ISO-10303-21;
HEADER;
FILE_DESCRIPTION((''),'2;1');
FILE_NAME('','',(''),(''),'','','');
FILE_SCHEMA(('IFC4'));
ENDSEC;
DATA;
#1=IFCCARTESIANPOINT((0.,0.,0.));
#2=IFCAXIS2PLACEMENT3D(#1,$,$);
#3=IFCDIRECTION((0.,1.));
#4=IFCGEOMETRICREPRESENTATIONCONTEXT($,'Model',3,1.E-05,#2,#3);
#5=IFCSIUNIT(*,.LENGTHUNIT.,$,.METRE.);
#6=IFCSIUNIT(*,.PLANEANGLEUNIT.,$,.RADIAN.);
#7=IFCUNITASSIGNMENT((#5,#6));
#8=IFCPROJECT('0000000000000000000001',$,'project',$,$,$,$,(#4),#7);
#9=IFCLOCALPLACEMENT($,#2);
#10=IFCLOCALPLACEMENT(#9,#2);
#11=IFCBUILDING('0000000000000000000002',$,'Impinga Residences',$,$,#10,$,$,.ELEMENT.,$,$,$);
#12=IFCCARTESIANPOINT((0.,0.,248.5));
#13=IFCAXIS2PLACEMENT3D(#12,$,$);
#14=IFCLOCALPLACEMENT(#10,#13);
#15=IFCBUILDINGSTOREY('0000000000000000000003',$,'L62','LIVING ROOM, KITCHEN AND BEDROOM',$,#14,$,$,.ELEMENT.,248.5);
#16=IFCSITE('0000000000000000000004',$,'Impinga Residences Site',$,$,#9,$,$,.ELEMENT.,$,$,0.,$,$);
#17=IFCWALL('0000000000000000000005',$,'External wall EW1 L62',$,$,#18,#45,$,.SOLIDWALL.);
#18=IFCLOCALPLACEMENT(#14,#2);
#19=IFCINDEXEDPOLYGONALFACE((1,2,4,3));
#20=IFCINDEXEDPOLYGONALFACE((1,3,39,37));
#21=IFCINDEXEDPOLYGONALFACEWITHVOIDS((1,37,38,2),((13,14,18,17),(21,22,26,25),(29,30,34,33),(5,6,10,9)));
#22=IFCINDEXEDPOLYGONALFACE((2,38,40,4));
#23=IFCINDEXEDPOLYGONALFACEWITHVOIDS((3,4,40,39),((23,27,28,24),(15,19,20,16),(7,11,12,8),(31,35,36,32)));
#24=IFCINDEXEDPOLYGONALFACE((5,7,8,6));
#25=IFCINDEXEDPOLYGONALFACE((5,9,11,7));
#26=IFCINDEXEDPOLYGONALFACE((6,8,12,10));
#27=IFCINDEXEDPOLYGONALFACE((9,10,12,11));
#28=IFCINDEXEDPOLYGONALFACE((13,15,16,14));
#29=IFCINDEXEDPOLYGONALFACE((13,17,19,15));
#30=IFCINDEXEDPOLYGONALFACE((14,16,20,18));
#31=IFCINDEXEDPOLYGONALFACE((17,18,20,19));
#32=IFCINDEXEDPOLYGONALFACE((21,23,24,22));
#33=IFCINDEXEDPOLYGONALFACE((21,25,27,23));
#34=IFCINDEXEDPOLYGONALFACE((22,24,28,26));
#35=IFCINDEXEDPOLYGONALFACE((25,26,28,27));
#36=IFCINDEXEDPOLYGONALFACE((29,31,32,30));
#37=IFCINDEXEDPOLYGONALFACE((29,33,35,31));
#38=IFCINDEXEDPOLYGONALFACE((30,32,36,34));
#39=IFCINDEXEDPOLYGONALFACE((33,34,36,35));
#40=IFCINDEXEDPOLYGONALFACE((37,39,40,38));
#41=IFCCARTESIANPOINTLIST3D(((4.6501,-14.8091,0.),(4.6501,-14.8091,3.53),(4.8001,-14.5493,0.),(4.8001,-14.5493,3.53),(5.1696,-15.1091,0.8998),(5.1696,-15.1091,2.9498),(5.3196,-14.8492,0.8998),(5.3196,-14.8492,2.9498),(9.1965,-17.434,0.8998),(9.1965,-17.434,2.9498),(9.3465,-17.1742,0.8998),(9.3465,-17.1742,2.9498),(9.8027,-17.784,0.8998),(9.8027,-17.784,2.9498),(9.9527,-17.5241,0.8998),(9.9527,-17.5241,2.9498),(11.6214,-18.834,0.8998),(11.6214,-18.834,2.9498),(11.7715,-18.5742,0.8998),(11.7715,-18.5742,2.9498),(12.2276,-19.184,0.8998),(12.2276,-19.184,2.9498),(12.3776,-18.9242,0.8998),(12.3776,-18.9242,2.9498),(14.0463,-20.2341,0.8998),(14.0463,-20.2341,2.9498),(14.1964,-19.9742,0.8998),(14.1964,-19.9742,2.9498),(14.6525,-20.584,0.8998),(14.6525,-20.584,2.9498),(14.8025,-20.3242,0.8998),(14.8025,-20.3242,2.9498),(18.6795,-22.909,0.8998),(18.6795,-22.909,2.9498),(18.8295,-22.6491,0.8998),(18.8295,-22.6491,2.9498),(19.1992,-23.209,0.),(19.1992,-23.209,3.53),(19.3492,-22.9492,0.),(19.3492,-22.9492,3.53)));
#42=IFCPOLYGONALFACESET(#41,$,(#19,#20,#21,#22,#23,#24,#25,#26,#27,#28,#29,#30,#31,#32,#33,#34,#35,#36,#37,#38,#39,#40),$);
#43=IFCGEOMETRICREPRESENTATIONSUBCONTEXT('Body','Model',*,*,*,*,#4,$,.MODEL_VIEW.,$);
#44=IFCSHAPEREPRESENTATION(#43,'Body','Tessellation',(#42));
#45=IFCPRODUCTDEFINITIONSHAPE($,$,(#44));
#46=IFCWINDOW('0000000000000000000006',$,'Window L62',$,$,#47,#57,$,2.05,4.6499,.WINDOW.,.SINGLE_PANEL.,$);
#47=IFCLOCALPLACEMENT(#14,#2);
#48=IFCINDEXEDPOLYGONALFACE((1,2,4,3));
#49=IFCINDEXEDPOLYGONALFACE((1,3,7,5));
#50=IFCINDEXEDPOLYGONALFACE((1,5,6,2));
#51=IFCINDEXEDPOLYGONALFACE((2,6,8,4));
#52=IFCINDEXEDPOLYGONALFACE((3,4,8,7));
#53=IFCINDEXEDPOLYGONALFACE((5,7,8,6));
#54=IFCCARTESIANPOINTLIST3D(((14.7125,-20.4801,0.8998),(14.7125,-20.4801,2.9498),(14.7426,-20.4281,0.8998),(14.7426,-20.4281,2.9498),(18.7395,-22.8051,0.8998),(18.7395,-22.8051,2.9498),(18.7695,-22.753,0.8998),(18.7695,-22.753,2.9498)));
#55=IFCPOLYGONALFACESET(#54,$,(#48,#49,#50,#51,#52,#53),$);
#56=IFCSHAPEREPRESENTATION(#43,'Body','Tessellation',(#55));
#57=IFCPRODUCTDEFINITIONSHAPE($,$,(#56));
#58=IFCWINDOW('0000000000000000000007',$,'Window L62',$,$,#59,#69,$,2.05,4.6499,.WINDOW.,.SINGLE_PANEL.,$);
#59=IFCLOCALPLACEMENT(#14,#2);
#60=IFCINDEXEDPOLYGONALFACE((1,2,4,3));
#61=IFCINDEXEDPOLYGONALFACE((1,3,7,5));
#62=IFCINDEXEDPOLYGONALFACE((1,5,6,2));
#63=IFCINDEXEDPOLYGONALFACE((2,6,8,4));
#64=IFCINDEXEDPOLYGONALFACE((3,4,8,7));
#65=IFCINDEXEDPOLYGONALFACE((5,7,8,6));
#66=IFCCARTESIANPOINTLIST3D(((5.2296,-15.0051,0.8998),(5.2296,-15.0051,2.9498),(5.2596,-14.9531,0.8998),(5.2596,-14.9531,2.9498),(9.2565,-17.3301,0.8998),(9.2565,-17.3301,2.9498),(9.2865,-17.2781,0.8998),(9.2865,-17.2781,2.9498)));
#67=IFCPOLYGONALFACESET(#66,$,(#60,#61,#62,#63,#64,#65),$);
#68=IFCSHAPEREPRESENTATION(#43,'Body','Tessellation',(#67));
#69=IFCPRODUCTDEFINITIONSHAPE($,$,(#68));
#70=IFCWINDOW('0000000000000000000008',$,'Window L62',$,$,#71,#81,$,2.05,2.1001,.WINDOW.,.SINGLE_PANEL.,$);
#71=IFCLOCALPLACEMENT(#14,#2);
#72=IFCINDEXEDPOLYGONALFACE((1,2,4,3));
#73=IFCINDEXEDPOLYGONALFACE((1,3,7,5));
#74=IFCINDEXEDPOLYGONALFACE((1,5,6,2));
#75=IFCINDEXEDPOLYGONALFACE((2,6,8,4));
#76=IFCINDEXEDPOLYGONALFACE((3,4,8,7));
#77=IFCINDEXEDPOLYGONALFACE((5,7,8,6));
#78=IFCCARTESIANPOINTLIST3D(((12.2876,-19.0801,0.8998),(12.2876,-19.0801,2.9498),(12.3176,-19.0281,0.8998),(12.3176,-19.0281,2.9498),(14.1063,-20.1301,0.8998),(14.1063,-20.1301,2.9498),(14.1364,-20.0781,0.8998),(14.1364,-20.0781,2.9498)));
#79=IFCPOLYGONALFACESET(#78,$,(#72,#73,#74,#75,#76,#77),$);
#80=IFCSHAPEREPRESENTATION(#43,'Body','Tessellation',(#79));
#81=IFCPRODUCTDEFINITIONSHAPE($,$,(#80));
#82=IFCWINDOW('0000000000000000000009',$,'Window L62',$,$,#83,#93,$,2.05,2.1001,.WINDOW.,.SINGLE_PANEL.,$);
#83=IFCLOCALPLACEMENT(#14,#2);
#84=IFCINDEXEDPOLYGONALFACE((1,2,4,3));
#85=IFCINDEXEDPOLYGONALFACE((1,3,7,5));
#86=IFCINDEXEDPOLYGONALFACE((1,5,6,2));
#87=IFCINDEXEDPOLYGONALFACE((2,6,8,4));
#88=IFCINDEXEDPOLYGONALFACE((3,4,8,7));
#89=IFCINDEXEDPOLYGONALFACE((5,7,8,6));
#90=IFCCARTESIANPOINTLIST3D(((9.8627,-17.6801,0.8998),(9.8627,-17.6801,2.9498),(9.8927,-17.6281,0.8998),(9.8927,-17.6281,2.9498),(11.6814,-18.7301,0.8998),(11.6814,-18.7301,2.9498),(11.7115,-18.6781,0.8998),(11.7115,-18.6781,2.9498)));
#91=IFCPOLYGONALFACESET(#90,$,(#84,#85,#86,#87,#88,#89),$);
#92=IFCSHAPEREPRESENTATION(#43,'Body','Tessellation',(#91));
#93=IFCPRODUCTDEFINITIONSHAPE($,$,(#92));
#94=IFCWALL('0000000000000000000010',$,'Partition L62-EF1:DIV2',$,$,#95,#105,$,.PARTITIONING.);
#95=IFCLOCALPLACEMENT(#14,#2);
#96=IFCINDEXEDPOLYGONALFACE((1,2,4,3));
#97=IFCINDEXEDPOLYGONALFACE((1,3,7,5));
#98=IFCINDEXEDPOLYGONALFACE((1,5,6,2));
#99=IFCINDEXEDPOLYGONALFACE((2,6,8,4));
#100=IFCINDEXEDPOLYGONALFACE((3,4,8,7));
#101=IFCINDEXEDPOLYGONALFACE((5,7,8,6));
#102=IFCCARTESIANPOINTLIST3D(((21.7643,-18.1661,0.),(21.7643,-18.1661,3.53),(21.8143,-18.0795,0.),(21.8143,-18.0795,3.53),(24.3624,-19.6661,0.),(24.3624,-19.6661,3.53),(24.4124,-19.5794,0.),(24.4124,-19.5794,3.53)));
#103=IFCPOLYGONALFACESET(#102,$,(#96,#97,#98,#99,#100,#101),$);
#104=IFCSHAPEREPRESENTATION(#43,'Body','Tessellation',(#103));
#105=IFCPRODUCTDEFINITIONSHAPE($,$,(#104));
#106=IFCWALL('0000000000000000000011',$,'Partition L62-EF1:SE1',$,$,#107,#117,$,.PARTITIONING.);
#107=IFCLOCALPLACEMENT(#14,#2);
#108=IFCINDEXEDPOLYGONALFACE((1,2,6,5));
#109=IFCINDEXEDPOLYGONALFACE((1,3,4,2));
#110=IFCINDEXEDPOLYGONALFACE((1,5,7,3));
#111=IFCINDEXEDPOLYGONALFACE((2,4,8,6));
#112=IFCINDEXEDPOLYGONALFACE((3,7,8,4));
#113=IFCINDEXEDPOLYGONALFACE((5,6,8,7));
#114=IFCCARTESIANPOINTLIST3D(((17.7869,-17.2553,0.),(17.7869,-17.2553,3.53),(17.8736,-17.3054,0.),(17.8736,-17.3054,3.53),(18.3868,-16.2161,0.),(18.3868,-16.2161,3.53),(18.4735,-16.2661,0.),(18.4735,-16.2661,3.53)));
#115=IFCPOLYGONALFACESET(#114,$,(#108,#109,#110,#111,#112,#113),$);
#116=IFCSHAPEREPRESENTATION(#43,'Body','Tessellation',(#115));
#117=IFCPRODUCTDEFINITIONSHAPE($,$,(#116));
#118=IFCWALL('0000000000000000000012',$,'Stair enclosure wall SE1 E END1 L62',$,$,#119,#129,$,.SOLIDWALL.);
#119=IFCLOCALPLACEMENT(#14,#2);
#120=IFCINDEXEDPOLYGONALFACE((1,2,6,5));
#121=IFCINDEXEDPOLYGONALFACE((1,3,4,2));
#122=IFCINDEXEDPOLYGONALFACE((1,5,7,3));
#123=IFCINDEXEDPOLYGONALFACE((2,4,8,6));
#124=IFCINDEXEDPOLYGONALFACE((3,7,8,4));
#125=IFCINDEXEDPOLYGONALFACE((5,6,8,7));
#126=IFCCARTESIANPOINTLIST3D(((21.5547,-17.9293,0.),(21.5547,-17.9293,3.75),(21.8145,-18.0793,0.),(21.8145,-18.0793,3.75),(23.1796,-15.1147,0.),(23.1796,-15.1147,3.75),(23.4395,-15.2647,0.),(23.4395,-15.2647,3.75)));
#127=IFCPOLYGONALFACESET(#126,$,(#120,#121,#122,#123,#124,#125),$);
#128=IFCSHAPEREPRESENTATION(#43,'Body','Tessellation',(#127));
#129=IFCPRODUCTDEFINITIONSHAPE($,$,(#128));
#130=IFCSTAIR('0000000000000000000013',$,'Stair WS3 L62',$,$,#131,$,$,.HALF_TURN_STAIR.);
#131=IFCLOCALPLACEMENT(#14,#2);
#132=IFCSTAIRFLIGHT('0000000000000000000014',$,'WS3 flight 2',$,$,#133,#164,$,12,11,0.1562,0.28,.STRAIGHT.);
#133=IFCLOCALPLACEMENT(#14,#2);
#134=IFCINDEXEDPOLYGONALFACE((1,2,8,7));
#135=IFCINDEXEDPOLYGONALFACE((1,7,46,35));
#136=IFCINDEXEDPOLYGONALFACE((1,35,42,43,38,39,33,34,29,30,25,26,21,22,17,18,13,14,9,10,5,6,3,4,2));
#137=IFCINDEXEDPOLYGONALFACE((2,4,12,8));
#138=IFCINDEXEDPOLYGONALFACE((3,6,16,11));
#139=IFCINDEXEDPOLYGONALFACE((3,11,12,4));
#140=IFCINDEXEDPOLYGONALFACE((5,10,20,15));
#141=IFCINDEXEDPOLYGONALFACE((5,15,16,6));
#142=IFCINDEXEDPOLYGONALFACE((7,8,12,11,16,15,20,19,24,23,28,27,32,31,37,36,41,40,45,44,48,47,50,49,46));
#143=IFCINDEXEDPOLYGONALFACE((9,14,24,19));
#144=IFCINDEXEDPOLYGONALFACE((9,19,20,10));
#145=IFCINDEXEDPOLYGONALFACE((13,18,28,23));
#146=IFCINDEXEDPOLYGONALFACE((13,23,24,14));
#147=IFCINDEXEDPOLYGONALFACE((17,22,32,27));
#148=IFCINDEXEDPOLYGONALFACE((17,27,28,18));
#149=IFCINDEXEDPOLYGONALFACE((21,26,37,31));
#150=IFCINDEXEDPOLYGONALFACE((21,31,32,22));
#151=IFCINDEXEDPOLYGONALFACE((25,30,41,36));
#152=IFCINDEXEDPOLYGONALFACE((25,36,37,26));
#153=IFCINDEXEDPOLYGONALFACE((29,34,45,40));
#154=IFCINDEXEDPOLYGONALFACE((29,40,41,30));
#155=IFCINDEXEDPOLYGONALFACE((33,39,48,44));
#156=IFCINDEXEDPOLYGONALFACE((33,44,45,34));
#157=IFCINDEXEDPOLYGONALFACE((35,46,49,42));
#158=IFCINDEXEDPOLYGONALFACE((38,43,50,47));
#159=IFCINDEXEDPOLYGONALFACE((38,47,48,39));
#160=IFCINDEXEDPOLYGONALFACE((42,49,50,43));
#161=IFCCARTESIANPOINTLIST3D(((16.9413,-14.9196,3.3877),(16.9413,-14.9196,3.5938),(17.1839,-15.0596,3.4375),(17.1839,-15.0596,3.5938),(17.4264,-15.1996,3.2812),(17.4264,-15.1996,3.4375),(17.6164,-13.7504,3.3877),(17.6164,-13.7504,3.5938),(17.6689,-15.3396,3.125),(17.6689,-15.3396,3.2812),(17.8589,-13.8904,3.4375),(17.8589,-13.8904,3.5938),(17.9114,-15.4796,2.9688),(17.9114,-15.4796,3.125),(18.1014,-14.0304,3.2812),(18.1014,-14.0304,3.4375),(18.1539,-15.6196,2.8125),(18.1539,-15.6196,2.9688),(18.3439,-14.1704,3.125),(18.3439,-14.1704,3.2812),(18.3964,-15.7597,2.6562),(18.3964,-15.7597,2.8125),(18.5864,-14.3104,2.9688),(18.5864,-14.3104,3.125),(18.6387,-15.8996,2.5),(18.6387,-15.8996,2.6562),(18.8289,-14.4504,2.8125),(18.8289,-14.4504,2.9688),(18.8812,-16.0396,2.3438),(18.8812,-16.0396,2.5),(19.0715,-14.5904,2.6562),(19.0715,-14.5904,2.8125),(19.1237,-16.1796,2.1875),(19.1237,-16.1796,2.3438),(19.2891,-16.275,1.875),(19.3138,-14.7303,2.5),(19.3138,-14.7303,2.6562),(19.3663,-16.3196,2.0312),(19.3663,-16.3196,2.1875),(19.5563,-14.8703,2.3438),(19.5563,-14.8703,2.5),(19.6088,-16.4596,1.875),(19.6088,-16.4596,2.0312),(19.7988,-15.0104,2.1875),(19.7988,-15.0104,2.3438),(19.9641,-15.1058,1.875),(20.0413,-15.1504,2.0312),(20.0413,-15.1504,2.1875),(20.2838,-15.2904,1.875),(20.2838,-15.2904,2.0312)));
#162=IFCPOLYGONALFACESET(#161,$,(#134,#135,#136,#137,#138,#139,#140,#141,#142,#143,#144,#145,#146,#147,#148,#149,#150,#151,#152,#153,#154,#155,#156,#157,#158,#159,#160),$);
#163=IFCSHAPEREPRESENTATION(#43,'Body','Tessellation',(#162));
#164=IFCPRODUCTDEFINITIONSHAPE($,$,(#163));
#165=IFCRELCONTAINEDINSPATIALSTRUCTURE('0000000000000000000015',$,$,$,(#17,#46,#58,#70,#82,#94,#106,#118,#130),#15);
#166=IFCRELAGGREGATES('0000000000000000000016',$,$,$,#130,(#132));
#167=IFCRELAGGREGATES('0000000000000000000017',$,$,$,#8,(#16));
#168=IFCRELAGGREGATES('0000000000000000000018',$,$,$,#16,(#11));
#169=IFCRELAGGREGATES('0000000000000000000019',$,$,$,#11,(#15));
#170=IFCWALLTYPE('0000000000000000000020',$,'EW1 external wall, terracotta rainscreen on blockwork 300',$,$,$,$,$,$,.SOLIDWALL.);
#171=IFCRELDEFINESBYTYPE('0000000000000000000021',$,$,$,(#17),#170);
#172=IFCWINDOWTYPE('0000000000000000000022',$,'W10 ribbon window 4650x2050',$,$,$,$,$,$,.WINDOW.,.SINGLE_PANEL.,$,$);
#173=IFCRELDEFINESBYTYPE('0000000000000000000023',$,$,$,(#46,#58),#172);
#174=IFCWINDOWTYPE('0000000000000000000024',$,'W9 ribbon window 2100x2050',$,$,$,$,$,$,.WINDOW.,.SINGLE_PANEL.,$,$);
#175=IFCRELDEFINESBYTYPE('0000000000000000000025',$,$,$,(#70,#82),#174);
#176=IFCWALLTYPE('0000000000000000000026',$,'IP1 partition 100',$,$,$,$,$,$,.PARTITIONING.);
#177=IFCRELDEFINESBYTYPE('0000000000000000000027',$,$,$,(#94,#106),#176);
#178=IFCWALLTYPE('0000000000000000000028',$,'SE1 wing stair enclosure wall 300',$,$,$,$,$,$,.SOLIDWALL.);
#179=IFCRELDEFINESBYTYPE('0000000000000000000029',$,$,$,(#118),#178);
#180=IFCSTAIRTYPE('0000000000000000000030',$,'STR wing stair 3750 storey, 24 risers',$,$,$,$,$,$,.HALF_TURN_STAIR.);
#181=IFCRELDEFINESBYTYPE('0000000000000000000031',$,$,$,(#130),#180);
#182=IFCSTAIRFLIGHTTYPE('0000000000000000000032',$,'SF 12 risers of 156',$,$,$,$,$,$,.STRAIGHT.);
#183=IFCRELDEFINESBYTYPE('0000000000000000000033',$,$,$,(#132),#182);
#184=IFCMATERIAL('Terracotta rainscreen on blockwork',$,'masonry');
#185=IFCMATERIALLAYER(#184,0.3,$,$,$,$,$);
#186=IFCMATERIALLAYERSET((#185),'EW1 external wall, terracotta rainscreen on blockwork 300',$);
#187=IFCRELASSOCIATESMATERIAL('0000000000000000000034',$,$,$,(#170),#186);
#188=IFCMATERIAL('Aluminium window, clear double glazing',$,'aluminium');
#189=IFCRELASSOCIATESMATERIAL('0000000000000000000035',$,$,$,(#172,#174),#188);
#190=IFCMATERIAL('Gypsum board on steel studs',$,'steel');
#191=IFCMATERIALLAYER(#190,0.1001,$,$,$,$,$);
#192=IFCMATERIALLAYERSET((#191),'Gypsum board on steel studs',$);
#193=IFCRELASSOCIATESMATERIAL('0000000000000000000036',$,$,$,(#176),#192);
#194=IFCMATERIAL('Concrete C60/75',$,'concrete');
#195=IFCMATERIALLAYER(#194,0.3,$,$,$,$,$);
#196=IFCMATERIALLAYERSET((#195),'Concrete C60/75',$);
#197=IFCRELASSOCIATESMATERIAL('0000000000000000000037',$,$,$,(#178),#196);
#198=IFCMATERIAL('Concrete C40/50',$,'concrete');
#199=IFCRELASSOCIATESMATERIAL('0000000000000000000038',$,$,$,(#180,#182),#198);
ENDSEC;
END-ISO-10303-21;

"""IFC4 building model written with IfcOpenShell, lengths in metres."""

from ifc_helpers import new_model, si_unit, direction, frame, frame_2d, origin, place, context, subcontext, project, spatial, polyline, rectangle, outline, extrude, material, layer, layer_set, type_object, element, fill, aggregate, save


model = new_model("IFC4")

# Units and contexts
model_context = context("Model", 3, precision=1e-05, world=origin(), true_north=direction((0.0, 1.0)))
body_context = subcontext(model_context, "Body", "Model", "MODEL_VIEW")
ifc_project = project(units=[si_unit("LENGTHUNIT", "METRE"), si_unit("PLANEANGLEUNIT", "RADIAN")], contexts=[model_context])

# Site, building, storey
site_placement = place(None, origin())
site = spatial("IfcSite", under=ifc_project, at=site_placement, Name="Impinga Residences Site", CompositionType="ELEMENT", RefElevation=0.0)
building_placement = place(site_placement, origin())
building = spatial("IfcBuilding", under=site, at=building_placement, Name="Impinga Residences", CompositionType="ELEMENT")
storey_placement = place(building_placement, frame((0.0, 0.0, 248.5)))
storey = spatial("IfcBuildingStorey", under=building, at=storey_placement, Name="L62", Description="LIVING ROOM, KITCHEN AND BEDROOM", CompositionType="ELEMENT", Elevation=248.5)

# Shared definitions
ifc_material_1 = material(Name="Concrete C60/75", Category="concrete")

# Shared definitions
ifc_material_2 = material(Name="Terracotta rainscreen on blockwork", Category="masonry")
ifc_layer_1 = layer(ifc_material_2, 0.3)
ifc_layer_set_1 = layer_set([ifc_layer_1], Name="EW1 external wall, terracotta rainscreen on blockwork 300")
wall_type_1 = type_object("IfcWallType", Name="EW1 external wall, terracotta rainscreen on blockwork 300", PredefinedType="SOLIDWALL", material=ifc_layer_set_1)

# Wall, openings, windows
wall_1_placement = place(storey_placement, frame((19.2742, -23.0791, 0.0), z_axis=(0.0, 0.0, 1.0), x_axis=(-0.866026, 0.5, 0.0)))
wall_1 = element("IfcWall", 1, at=wall_1_placement, inside=storey, type_object=wall_type_1, Name="External wall EW1 L62", PredefinedType="SOLIDWALL", context=body_context, shape_type="SweptSolid", body=[
    extrude(rectangle(XDim=16.7998, YDim=0.3, at=frame_2d((8.3999, 0.0))), origin(), (0.0, 0.0, 1.0), 3.53),
])
opening_1_placement = place(wall_1_placement, frame((0.6001, 0.0, 0.8999)))
opening_1 = element("IfcOpeningElement", 2, at=opening_1_placement, cuts=wall_1, PredefinedType="OPENING", context=body_context, shape_type="SweptSolid", body=[
    extrude(rectangle(XDim=4.6499, YDim=2.05, at=frame_2d((2.325, 1.0249))), frame((0.0, 0.1599, 0.0), z_axis=(0.0, -1.0, 0.0), x_axis=(1.0, 0.0, 0.0)), (0.0, 0.0, 1.0), 0.3201),
])
opening_2_placement = place(wall_1_placement, frame((5.95, 0.0, 0.8999)))
opening_2 = element("IfcOpeningElement", 3, at=opening_2_placement, cuts=wall_1, PredefinedType="OPENING", context=body_context, shape_type="SweptSolid", body=[
    extrude(rectangle(XDim=2.1001, YDim=2.05, at=frame_2d((1.05, 1.0249))), frame((0.0, 0.1599, 0.0), z_axis=(0.0, -1.0, 0.0), x_axis=(1.0, 0.0, 0.0)), (0.0, 0.0, 1.0), 0.3201),
])
opening_3_placement = place(wall_1_placement, frame((8.75, 0.0, 0.8999)))
opening_3 = element("IfcOpeningElement", 4, at=opening_3_placement, cuts=wall_1, PredefinedType="OPENING", context=body_context, shape_type="SweptSolid", body=[
    extrude(rectangle(XDim=2.1001, YDim=2.05, at=frame_2d((1.05, 1.0249))), frame((0.0, 0.1599, 0.0), z_axis=(0.0, -1.0, 0.0), x_axis=(1.0, 0.0, 0.0)), (0.0, 0.0, 1.0), 0.3201),
])
opening_4_placement = place(wall_1_placement, frame((11.55, 0.0, 0.8999)))
opening_4 = element("IfcOpeningElement", 5, at=opening_4_placement, cuts=wall_1, PredefinedType="OPENING", context=body_context, shape_type="SweptSolid", body=[
    extrude(rectangle(XDim=4.6499, YDim=2.05, at=frame_2d((2.325, 1.0249))), frame((0.0, 0.1599, 0.0), z_axis=(0.0, -1.0, 0.0), x_axis=(1.0, 0.0, 0.0)), (0.0, 0.0, 1.0), 0.3201),
])
ifc_material_3 = material(Name="Aluminium window, clear double glazing", Category="aluminium")
window_type_1 = type_object("IfcWindowType", Name="W10 ribbon window 4650x2050", PartitioningType="SINGLE_PANEL", PredefinedType="WINDOW", material=ifc_material_3)
window_1_placement = place(opening_1_placement, origin())
window_1 = element("IfcWindow", 6, at=window_1_placement, inside=storey, type_object=window_type_1, Name="Window L62", OverallHeight=2.05, OverallWidth=4.6499, PartitioningType="SINGLE_PANEL", PredefinedType="WINDOW", context=body_context, shape_type="SweptSolid", body=[
    extrude(rectangle(XDim=4.6499, YDim=2.05, at=frame_2d((2.325, 1.0249))), frame((0.0, 0.03, 0.0), z_axis=(0.0, -1.0, 0.0), x_axis=(1.0, 0.0, 0.0)), (0.0, 0.0, 1.0), 0.0601),
])
fill(opening_1, window_1)
window_2_placement = place(opening_4_placement, origin())
window_2 = element("IfcWindow", 7, at=window_2_placement, inside=storey, type_object=window_type_1, Name="Window L62", OverallHeight=2.05, OverallWidth=4.6499, PartitioningType="SINGLE_PANEL", PredefinedType="WINDOW", context=body_context, shape_type="SweptSolid", body=[
    extrude(rectangle(XDim=4.6499, YDim=2.05, at=frame_2d((2.325, 1.0249))), frame((0.0, 0.03, 0.0), z_axis=(0.0, -1.0, 0.0), x_axis=(1.0, 0.0, 0.0)), (0.0, 0.0, 1.0), 0.0601),
])
fill(opening_4, window_2)
window_type_2 = type_object("IfcWindowType", Name="W9 ribbon window 2100x2050", PartitioningType="SINGLE_PANEL", PredefinedType="WINDOW", material=ifc_material_3)
window_3_placement = place(opening_2_placement, origin())
window_3 = element("IfcWindow", 8, at=window_3_placement, inside=storey, type_object=window_type_2, Name="Window L62", OverallHeight=2.05, OverallWidth=2.1001, PartitioningType="SINGLE_PANEL", PredefinedType="WINDOW", context=body_context, shape_type="SweptSolid", body=[
    extrude(rectangle(XDim=2.1001, YDim=2.05, at=frame_2d((1.05, 1.0249))), frame((0.0, 0.03, 0.0), z_axis=(0.0, -1.0, 0.0), x_axis=(1.0, 0.0, 0.0)), (0.0, 0.0, 1.0), 0.0601),
])
fill(opening_2, window_3)
window_4_placement = place(opening_3_placement, origin())
window_4 = element("IfcWindow", 9, at=window_4_placement, inside=storey, type_object=window_type_2, Name="Window L62", OverallHeight=2.05, OverallWidth=2.1001, PartitioningType="SINGLE_PANEL", PredefinedType="WINDOW", context=body_context, shape_type="SweptSolid", body=[
    extrude(rectangle(XDim=2.1001, YDim=2.05, at=frame_2d((1.05, 1.0249))), frame((0.0, 0.03, 0.0), z_axis=(0.0, -1.0, 0.0), x_axis=(1.0, 0.0, 0.0)), (0.0, 0.0, 1.0), 0.0601),
])
fill(opening_3, window_4)

# Walls
ifc_material_4 = material(Name="Gypsum board on steel studs", Category="steel")
ifc_layer_2 = layer(ifc_material_4, 0.1001)
ifc_layer_set_2 = layer_set([ifc_layer_2], Name="Gypsum board on steel studs")
wall_type_2 = type_object("IfcWallType", Name="IP1 partition 100", PredefinedType="PARTITIONING", material=ifc_layer_set_2)
wall_2_placement = place(storey_placement, frame((21.7893, -18.1228, 0.0), z_axis=(0.0, 0.0, 1.0), x_axis=(0.866031, -0.49999, 0.0)))
element("IfcWall", 10, at=wall_2_placement, inside=storey, type_object=wall_type_2, Name="Partition L62-EF1:DIV2", PredefinedType="PARTITIONING", context=body_context, shape_type="SweptSolid", body=[
    extrude(rectangle(XDim=3.0, YDim=0.1001, at=frame_2d((1.5, 0.0))), origin(), (0.0, 0.0, 1.0), 3.53),
])
wall_3_placement = place(storey_placement, frame((18.4302, -16.241, 0.0), z_axis=(0.0, 0.0, 1.0), x_axis=(-0.499881, -0.866094, 0.0)))
element("IfcWall", 11, at=wall_3_placement, inside=storey, type_object=wall_type_2, Name="Partition L62-EF1:SE1", PredefinedType="PARTITIONING", context=body_context, shape_type="SweptSolid", body=[
    extrude(rectangle(XDim=1.2, YDim=0.1001, at=frame_2d((0.6001, 0.0))), origin(), (0.0, 0.0, 1.0), 3.53),
])
ifc_layer_3 = layer(ifc_material_1, 0.3)
ifc_layer_set_3 = layer_set([ifc_layer_3], Name="Concrete C60/75")
wall_type_3 = type_object("IfcWallType", Name="SE1 wing stair enclosure wall 300", PredefinedType="SOLIDWALL", material=ifc_layer_set_3)
wall_4_placement = place(storey_placement, frame((23.3096, -15.1897, 0.0), z_axis=(0.0, 0.0, 1.0), x_axis=(-0.499985, -0.866034, 0.0)))
element("IfcWall", 12, at=wall_4_placement, inside=storey, type_object=wall_type_3, Name="Stair enclosure wall SE1 E END1 L62", PredefinedType="SOLIDWALL", context=body_context, shape_type="SweptSolid", body=[
    extrude(rectangle(XDim=3.25, YDim=0.3, at=frame_2d((1.625, 0.0))), origin(), (0.0, 0.0, 1.0), 3.75),
])

# Stair, stair flight
ifc_material_5 = material(Name="Concrete C40/50", Category="concrete")
stair_type = type_object("IfcStairType", Name="STR wing stair 3750 storey, 24 risers", PredefinedType="HALF_TURN_STAIR", material=ifc_material_5)
stair_placement = place(storey_placement, origin())
stair = element("IfcStair", 13, at=stair_placement, inside=storey, type_object=stair_type, Name="Stair WS3 L62", PredefinedType="HALF_TURN_STAIR")
stair_flight_type = type_object("IfcStairFlightType", Name="SF 12 risers of 156", PredefinedType="STRAIGHT", material=ifc_material_5)
stair_flight_placement = place(storey_placement, frame((19.9463, -15.875, 1.875), z_axis=(0.0, 0.0, 1.0), x_axis=(-0.866025, 0.5, 0.0)))
stair_flight = element("IfcStairFlight", 14, at=stair_flight_placement, type_object=stair_flight_type, Name="WS3 flight 2", NumberOfRisers=12, NumberOfTreads=11, PredefinedType="STRAIGHT", RiserHeight=0.1562, TreadLength=0.28, context=body_context, shape_type="SweptSolid", body=[
    extrude(outline(polyline([(0.0, 0.0), (0.0, 0.1562), (0.28, 0.1562), (0.28, 0.3125), (0.5601, 0.3125), (0.5601, 0.4688), (0.8401, 0.4688), (0.8401, 0.625), (1.1201, 0.625), (1.1201, 0.7812), (1.3999, 0.7812), (1.3999, 0.9375), (1.6799, 0.9375), (1.6799, 1.0938), (1.96, 1.0938), (1.96, 1.25), (2.24, 1.25), (2.24, 1.4062), (2.52, 1.4062), (2.52, 1.5625), (2.8, 1.5625), (2.8, 1.7188), (3.0801, 1.7188), (3.0801, 1.875), (3.0801, 1.5127), (0.3691, 0.0), (0.0, 0.0)])), frame((0.0, 0.675, 0.0), z_axis=(0.0, -1.0, 0.0), x_axis=(1.0, 0.0, 0.0)), (0.0, 0.0, 1.0), 1.3501),
])
aggregate(stair, [stair_flight])

save(model, "model.ifc")
